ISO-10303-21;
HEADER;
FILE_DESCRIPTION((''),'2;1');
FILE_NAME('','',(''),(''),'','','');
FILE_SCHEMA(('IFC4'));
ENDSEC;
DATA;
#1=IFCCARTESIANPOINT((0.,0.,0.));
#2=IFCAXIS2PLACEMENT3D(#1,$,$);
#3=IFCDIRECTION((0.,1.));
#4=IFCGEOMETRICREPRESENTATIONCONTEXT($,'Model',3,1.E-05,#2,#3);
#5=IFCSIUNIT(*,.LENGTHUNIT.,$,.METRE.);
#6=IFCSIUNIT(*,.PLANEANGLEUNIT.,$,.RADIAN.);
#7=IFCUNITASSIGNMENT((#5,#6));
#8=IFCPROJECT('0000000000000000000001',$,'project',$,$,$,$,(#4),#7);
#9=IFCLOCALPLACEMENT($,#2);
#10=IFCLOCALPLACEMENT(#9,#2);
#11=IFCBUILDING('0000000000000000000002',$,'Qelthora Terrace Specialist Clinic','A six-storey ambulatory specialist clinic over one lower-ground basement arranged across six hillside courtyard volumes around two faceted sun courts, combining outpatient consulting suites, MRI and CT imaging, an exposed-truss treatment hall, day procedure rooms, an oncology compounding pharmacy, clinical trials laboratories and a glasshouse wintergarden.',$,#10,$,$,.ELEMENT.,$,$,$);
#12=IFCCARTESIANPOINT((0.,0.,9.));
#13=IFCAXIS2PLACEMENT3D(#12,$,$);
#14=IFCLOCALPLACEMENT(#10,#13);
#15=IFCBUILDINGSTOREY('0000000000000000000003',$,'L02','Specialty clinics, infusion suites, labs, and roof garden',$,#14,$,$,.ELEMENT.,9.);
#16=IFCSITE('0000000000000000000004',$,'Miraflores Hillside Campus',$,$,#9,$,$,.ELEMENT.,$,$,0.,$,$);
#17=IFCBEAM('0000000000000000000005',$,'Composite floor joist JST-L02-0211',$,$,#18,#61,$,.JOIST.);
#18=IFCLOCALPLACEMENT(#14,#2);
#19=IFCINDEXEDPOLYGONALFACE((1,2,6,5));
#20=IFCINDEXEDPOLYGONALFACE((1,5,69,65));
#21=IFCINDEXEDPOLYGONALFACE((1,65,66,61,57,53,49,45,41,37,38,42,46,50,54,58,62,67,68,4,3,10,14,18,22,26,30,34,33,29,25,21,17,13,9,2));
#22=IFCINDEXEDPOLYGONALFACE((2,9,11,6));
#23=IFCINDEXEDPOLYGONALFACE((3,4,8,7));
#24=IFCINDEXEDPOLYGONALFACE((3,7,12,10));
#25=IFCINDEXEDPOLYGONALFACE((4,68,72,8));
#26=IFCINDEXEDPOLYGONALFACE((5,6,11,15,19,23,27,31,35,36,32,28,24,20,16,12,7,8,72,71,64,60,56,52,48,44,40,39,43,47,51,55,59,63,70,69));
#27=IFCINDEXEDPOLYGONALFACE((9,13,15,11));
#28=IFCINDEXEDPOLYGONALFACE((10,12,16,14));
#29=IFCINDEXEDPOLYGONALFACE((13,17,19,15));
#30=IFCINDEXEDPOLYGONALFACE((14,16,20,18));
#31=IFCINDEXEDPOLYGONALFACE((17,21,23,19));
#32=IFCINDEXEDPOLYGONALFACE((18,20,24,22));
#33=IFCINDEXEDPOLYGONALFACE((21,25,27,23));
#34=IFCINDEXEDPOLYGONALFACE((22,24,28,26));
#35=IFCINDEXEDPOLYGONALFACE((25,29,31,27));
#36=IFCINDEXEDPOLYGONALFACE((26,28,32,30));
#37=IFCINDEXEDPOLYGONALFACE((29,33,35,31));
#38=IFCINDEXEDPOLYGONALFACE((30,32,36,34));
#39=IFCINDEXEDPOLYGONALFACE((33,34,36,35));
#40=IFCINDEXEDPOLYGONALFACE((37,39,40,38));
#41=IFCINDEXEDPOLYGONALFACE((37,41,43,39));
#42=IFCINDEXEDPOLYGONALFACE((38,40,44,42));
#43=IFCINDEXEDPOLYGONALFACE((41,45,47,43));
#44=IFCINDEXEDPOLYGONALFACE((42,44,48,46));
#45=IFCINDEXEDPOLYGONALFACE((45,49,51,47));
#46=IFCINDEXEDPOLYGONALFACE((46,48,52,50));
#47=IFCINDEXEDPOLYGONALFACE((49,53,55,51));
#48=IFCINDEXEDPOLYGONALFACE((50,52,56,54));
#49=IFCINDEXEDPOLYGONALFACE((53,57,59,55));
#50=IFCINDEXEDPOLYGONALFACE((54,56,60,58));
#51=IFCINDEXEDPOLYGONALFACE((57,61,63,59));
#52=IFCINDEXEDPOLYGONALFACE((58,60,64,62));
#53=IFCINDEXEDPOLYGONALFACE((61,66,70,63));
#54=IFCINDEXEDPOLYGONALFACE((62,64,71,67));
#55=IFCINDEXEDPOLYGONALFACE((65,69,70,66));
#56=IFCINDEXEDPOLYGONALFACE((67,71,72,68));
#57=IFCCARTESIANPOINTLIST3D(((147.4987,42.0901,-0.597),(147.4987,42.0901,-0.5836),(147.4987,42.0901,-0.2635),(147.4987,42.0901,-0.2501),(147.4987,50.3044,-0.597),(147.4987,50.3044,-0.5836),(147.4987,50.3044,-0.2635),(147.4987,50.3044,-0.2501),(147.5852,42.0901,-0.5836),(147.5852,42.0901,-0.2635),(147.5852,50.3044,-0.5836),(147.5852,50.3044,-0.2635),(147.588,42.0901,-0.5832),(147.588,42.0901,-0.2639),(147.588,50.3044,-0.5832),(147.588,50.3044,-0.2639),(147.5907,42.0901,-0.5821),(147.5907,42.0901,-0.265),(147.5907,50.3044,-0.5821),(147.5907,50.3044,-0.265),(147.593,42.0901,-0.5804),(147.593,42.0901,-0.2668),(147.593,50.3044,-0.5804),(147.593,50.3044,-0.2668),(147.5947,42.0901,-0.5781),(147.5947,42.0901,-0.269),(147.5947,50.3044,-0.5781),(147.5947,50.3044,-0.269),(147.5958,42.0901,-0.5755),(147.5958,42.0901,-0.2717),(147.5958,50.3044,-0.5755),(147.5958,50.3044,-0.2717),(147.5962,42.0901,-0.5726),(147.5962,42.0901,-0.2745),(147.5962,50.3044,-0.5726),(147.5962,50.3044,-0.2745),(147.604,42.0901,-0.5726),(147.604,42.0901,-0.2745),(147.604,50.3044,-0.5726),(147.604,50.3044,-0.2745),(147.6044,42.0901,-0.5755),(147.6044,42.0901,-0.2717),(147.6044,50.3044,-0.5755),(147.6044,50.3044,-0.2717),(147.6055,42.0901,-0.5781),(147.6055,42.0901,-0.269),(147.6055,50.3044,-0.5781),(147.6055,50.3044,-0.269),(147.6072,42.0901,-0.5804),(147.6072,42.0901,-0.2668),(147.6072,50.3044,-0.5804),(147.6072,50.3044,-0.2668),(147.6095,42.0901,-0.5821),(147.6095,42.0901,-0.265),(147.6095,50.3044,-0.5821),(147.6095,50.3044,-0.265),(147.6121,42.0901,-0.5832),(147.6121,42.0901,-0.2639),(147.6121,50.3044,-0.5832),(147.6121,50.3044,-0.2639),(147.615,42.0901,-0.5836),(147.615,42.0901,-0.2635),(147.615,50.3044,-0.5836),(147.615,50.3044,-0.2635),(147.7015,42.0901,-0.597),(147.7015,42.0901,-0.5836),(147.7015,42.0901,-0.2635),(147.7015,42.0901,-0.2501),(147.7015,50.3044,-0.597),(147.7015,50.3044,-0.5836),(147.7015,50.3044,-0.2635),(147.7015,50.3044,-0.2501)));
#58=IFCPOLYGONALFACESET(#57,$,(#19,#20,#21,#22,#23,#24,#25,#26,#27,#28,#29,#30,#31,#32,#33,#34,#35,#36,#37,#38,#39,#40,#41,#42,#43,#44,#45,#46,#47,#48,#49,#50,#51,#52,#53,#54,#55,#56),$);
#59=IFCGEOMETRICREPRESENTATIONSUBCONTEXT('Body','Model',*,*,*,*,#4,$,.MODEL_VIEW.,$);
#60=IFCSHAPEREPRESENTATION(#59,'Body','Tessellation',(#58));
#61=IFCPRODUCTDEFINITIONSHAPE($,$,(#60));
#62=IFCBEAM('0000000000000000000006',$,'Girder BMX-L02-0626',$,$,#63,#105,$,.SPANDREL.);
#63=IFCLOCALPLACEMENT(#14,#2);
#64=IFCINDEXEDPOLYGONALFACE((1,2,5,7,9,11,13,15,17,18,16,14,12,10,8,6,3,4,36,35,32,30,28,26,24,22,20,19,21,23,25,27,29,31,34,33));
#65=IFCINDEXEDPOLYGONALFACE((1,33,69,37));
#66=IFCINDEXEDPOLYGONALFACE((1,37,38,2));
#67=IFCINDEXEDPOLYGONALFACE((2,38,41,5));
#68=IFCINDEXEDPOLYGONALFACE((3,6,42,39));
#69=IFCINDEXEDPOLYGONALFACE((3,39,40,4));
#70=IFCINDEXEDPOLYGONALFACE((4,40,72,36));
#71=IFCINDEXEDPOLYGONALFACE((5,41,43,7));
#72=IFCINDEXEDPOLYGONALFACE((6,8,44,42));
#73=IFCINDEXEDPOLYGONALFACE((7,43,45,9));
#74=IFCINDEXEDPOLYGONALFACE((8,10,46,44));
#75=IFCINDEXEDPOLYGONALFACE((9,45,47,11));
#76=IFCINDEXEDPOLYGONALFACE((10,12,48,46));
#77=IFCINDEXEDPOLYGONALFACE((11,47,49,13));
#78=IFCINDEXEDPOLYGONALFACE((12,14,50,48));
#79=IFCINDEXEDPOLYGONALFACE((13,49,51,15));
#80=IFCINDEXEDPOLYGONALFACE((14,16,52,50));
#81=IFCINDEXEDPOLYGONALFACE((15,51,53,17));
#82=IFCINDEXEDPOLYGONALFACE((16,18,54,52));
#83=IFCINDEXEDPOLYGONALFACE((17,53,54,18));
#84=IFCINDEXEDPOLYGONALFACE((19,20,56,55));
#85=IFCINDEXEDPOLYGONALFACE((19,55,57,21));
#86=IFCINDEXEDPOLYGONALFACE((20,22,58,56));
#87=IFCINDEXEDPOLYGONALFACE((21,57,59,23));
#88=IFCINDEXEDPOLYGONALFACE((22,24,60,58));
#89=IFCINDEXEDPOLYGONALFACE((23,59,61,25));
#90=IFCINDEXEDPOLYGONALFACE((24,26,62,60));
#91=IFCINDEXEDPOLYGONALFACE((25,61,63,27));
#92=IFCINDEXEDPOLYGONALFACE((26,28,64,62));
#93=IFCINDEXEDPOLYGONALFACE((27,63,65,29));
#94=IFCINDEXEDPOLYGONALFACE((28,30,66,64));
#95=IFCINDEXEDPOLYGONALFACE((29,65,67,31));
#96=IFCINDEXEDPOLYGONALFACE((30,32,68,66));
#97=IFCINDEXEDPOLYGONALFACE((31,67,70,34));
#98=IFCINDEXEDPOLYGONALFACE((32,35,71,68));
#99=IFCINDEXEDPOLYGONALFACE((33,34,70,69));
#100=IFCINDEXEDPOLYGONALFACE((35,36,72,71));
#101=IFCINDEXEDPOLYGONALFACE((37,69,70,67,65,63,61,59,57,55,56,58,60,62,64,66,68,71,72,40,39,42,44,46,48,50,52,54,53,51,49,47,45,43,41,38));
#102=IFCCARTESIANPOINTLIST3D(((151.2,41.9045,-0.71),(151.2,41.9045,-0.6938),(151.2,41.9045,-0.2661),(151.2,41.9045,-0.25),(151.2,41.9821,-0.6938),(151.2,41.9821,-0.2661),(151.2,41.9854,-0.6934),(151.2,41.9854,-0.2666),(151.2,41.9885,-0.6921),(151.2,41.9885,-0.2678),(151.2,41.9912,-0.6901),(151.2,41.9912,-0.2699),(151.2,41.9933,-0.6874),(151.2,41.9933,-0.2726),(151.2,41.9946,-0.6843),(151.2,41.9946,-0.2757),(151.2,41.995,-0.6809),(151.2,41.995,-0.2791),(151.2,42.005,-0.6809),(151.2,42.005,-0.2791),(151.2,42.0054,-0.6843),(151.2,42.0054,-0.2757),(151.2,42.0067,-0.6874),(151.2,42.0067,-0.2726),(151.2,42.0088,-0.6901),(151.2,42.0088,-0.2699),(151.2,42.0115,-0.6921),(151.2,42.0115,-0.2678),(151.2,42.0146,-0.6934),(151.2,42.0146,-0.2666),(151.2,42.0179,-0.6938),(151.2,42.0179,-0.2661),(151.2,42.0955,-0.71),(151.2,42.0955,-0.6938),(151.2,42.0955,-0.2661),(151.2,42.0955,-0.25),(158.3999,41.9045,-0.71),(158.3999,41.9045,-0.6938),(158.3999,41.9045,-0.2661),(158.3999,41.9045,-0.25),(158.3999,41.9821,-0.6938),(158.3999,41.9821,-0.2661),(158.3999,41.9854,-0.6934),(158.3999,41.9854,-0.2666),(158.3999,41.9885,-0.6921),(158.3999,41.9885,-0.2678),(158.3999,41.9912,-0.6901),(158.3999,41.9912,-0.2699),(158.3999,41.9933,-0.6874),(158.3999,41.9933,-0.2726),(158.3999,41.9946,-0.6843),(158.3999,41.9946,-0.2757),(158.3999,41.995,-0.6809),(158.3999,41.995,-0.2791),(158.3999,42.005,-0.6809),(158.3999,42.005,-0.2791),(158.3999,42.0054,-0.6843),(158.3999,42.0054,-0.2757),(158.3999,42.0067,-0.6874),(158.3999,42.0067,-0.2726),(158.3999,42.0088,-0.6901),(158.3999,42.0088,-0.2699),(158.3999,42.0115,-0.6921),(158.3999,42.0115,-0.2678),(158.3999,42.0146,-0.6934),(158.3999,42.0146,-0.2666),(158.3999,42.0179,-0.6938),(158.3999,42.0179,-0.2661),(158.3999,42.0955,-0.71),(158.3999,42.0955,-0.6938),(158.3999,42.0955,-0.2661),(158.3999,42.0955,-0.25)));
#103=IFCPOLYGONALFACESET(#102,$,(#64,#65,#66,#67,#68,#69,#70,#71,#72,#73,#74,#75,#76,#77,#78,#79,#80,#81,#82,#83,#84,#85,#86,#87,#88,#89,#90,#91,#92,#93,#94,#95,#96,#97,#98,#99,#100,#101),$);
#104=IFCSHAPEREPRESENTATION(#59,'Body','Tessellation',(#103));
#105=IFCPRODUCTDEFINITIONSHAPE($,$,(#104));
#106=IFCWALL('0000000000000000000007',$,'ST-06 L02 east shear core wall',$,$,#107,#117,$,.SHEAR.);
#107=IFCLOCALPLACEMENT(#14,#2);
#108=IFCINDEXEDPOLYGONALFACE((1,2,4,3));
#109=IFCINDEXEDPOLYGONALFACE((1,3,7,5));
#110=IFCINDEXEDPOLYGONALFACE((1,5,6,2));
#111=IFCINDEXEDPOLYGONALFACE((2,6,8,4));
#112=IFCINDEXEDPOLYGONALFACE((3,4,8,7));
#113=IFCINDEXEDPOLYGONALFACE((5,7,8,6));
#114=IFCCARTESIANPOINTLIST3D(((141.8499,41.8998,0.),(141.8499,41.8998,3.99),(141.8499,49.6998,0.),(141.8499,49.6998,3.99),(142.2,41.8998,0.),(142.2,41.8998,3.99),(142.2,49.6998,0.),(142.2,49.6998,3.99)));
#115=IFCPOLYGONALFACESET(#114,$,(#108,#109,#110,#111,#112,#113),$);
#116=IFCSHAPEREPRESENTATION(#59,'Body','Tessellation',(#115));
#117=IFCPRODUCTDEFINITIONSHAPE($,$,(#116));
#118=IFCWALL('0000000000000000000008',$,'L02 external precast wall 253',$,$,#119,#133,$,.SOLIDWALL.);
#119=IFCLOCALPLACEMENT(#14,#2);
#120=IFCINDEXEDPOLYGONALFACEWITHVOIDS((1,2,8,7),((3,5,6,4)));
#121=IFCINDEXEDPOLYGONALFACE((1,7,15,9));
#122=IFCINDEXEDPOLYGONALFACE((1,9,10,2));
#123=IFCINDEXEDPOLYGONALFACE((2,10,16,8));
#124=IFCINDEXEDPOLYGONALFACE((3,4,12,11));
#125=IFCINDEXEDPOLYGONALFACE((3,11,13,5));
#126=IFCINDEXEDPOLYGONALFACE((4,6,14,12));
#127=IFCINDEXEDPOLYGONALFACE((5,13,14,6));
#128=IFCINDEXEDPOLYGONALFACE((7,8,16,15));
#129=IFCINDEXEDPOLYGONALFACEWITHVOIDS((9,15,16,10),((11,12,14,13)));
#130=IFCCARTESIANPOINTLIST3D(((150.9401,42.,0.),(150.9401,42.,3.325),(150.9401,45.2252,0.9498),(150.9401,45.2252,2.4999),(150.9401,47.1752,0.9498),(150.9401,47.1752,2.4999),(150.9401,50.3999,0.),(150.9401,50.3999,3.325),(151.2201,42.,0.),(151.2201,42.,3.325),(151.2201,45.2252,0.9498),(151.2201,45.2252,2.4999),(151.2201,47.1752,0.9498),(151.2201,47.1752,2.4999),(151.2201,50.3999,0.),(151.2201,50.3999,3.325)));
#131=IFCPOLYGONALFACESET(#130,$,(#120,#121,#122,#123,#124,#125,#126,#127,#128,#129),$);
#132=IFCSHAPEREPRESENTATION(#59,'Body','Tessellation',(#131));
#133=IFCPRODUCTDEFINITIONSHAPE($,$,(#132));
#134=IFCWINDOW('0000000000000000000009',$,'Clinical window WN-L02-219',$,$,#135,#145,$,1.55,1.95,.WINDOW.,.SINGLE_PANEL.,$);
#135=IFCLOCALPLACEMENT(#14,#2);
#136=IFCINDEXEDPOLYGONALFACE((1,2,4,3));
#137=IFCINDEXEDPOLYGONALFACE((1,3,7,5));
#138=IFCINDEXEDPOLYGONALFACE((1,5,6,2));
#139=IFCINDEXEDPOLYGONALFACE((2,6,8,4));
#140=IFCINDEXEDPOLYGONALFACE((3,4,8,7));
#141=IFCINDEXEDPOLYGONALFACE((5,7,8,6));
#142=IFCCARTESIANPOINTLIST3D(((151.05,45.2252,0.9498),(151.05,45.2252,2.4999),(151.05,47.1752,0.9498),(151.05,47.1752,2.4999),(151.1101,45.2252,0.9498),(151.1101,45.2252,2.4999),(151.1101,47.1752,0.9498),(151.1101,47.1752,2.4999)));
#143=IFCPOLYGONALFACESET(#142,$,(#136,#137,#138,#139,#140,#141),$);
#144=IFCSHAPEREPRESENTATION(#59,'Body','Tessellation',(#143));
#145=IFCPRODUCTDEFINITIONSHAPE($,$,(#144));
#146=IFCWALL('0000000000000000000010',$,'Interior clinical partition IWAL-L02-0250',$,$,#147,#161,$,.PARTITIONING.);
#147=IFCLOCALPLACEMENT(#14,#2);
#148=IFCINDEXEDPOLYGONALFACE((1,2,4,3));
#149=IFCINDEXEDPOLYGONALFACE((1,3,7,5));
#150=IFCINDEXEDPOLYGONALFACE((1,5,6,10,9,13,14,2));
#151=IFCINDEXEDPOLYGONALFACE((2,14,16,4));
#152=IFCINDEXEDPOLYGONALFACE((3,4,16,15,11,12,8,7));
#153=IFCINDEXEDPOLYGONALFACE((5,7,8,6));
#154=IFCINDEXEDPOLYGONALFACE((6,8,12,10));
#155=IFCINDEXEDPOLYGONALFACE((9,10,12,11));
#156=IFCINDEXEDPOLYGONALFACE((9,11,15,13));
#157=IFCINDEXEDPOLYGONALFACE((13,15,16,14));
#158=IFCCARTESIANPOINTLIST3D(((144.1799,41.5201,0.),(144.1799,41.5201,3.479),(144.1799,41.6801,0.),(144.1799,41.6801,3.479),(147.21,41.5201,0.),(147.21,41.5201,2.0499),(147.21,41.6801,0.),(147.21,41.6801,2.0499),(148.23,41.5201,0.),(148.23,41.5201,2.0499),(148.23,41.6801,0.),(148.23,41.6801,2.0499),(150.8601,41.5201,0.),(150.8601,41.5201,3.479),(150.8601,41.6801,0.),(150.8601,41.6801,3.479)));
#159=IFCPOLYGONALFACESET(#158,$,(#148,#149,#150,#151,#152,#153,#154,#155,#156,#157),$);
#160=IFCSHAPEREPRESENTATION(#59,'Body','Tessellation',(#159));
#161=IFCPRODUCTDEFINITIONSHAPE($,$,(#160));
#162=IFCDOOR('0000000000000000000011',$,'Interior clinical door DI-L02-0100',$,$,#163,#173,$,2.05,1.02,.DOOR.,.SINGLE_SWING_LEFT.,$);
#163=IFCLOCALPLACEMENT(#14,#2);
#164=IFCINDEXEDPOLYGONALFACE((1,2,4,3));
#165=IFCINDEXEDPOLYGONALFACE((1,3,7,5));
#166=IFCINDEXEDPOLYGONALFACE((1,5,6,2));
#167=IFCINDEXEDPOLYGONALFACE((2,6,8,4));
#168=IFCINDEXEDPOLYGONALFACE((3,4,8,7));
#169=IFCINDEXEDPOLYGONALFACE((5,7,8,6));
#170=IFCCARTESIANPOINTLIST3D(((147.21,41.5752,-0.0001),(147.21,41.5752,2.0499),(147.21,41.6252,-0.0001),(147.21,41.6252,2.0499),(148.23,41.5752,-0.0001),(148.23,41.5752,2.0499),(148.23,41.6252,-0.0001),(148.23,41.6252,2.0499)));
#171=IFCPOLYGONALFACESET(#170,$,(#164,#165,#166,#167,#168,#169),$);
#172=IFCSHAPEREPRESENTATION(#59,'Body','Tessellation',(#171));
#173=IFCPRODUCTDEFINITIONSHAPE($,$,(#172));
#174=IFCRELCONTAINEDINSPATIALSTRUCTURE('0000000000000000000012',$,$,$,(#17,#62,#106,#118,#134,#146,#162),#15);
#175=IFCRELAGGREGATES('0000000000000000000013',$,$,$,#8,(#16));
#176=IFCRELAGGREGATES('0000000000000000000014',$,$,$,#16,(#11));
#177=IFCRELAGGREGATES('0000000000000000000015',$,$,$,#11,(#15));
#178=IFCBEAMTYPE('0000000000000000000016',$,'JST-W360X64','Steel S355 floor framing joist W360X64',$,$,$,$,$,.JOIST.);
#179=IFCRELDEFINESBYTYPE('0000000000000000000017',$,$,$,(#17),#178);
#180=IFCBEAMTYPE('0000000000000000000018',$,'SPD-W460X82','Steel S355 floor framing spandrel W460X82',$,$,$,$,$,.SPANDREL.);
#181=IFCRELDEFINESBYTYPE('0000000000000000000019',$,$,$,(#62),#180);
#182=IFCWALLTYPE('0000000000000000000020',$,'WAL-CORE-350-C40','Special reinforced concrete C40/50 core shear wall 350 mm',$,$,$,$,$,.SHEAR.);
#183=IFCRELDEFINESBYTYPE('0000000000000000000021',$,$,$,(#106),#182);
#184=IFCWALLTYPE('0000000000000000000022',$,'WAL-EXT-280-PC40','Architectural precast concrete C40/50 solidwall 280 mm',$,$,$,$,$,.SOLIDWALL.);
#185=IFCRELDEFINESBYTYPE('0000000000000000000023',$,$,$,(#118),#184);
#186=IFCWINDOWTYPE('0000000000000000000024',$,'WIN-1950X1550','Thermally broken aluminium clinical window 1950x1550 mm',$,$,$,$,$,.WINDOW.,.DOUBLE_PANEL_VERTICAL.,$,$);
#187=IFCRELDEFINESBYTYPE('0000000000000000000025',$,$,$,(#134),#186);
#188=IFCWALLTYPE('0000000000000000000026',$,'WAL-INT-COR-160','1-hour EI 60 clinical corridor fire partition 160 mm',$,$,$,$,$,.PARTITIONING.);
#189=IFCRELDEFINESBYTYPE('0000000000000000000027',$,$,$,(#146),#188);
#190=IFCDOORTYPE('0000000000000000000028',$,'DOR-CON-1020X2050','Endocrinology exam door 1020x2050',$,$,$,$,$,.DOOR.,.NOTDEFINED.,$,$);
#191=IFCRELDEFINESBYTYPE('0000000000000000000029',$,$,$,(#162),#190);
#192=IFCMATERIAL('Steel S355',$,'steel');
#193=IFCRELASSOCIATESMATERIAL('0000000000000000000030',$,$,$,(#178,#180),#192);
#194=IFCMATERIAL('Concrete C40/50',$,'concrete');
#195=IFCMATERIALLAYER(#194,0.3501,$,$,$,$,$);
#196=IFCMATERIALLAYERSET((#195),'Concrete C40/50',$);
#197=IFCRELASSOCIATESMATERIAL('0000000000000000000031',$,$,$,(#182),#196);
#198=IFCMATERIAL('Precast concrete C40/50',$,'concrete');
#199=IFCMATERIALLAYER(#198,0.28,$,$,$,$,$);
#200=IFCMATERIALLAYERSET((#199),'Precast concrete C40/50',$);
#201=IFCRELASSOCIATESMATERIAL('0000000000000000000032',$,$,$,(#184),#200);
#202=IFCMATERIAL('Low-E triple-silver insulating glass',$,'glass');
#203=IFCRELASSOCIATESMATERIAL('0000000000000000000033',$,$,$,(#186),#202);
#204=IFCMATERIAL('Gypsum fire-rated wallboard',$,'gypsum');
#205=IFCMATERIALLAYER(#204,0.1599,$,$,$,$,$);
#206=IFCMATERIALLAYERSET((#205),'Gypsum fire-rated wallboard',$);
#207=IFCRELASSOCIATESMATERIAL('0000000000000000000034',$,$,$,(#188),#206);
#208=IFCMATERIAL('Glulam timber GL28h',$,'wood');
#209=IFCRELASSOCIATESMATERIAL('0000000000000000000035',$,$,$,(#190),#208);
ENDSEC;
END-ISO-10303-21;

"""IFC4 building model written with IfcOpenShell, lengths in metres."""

from ifc_helpers import new_model, si_unit, direction, frame, frame_2d, origin, origin_2d, place, context, subcontext, project, spatial, rectangle, i_section, extrude, material, layer, layer_set, material_profile, profile_set, type_object, element, fill, save


model = new_model("IFC4")

# Units and contexts
model_context = context("Model", 3, precision=1e-05, world=origin(), true_north=direction((0.0, 1.0)))
body_context = subcontext(model_context, "Body", "Model", "MODEL_VIEW")
ifc_project = project(units=[si_unit("LENGTHUNIT", "METRE"), si_unit("PLANEANGLEUNIT", "RADIAN")], contexts=[model_context])

# Site, building, storey
site_placement = place(None, origin())
site = spatial("IfcSite", under=ifc_project, at=site_placement, Name="Miraflores Hillside Campus", CompositionType="ELEMENT", RefElevation=0.0)
building_placement = place(site_placement, origin())
building = spatial("IfcBuilding", under=site, at=building_placement, Name="Qelthora Terrace Specialist Clinic", Description="A six-storey ambulatory specialist clinic over one lower-ground basement arranged across six hillside courtyard volumes around two faceted sun courts, combining outpatient consulting suites, MRI and CT imaging, an exposed-truss treatment hall, day procedure rooms, an oncology compounding pharmacy, clinical trials laboratories and a glasshouse wintergarden.", CompositionType="ELEMENT")
storey_placement = place(building_placement, frame((0.0, 0.0, 9.0)))
storey = spatial("IfcBuildingStorey", under=building, at=storey_placement, Name="L02", Description="Specialty clinics, infusion suites, labs, and roof garden", CompositionType="ELEMENT", Elevation=9.0)

# Shared definitions
ifc_material_1 = material(Name="Steel S355", Category="steel")

# Beams
ifc_material_profile_1 = material_profile(ifc_material_1, i_section(OverallWidth=0.2029, OverallDepth=0.3469, WebThickness=0.0078, FlangeThickness=0.0134, FilletRadius=0.011, at=origin_2d()), Name="W360X64")
ifc_profile_set_1 = profile_set([ifc_material_profile_1], Name="Steel S355")
beam_type_1 = type_object("IfcBeamType", Name="JST-W360X64", Description="Steel S355 floor framing joist W360X64", PredefinedType="JOIST", material=ifc_profile_set_1)
beam_1_placement = place(storey_placement, frame((147.6001, 42.0901, -0.4236), z_axis=(0.0, 1.0, 0.0), x_axis=(-1.0, 0.0, 0.0)))
element("IfcBeam", 1, at=beam_1_placement, inside=storey, type_object=beam_type_1, Name="Composite floor joist JST-L02-0211", PredefinedType="JOIST", context=body_context, shape_type="SweptSolid", body=[
    extrude(i_section(OverallWidth=0.2029, OverallDepth=0.3469, WebThickness=0.0078, FlangeThickness=0.0134, FilletRadius=0.011, at=origin_2d()), origin(), (0.0, 0.0, 1.0), 8.2144),
])
ifc_material_profile_2 = material_profile(ifc_material_1, i_section(OverallWidth=0.1909, OverallDepth=0.46, WebThickness=0.01, FlangeThickness=0.0161, FilletRadius=0.0129, at=origin_2d()), Name="W460X82")
ifc_profile_set_2 = profile_set([ifc_material_profile_2], Name="Steel S355")
beam_type_2 = type_object("IfcBeamType", Name="SPD-W460X82", Description="Steel S355 floor framing spandrel W460X82", PredefinedType="SPANDREL", material=ifc_profile_set_2)
beam_2_placement = place(storey_placement, frame((151.2, 42.0, -0.48), z_axis=(1.0, 0.0, 0.0), x_axis=(0.0, 1.0, 0.0)))
element("IfcBeam", 2, at=beam_2_placement, inside=storey, type_object=beam_type_2, Name="Girder BMX-L02-0626", PredefinedType="SPANDREL", context=body_context, shape_type="SweptSolid", body=[
    extrude(i_section(OverallWidth=0.1909, OverallDepth=0.46, WebThickness=0.01, FlangeThickness=0.0161, FilletRadius=0.0129, at=origin_2d()), origin(), (0.0, 0.0, 1.0), 7.2),
])

# Wall
ifc_material_2 = material(Name="Concrete C40/50", Category="concrete")
ifc_layer_1 = layer(ifc_material_2, 0.3501)
ifc_layer_set_1 = layer_set([ifc_layer_1], Name="Concrete C40/50")
wall_type_1 = type_object("IfcWallType", Name="WAL-CORE-350-C40", Description="Special reinforced concrete C40/50 core shear wall 350 mm", PredefinedType="SHEAR", material=ifc_layer_set_1)
wall_1_placement = place(storey_placement, frame((142.0249, 41.8999, 0.0), z_axis=(0.0, 0.0, 1.0), x_axis=(0.0, 1.0, 0.0)))
element("IfcWall", 3, at=wall_1_placement, inside=storey, type_object=wall_type_1, Name="ST-06 L02 east shear core wall", PredefinedType="SHEAR", context=body_context, shape_type="SweptSolid", body=[
    extrude(rectangle(XDim=7.8, YDim=0.3501, at=frame_2d((3.8999, 0.0))), origin(), (0.0, 0.0, 1.0), 3.99),
])

# Wall, opening, window
ifc_material_3 = material(Name="Precast concrete C40/50", Category="concrete")
ifc_layer_2 = layer(ifc_material_3, 0.28)
ifc_layer_set_2 = layer_set([ifc_layer_2], Name="Precast concrete C40/50")
wall_type_2 = type_object("IfcWallType", Name="WAL-EXT-280-PC40", Description="Architectural precast concrete C40/50 solidwall 280 mm", PredefinedType="SOLIDWALL", material=ifc_layer_set_2)
wall_2_placement = place(storey_placement, frame((151.0801, 42.0, 0.0), z_axis=(0.0, 0.0, 1.0), x_axis=(0.0, 1.0, 0.0)))
wall_2 = element("IfcWall", 4, at=wall_2_placement, inside=storey, type_object=wall_type_2, Name="L02 external precast wall 253", PredefinedType="SOLIDWALL", context=body_context, shape_type="SweptSolid", body=[
    extrude(rectangle(XDim=8.3999, YDim=0.28, at=frame_2d((4.2, 0.0))), origin(), (0.0, 0.0, 1.0), 3.325),
])
opening_1_placement = place(wall_2_placement, frame((3.2251, 0.0, 0.95)))
opening_1 = element("IfcOpeningElement", 5, at=opening_1_placement, cuts=wall_2, PredefinedType="OPENING", context=body_context, shape_type="SweptSolid", body=[
    extrude(rectangle(XDim=1.95, YDim=1.55, at=frame_2d((0.9751, 0.7749))), frame((0.0, 0.1499, 0.0), z_axis=(0.0, -1.0, 0.0), x_axis=(1.0, 0.0, 0.0)), (0.0, 0.0, 1.0), 0.3),
])
ifc_material_4 = material(Name="Low-E triple-silver insulating glass", Category="glass")
window_type = type_object("IfcWindowType", Name="WIN-1950X1550", Description="Thermally broken aluminium clinical window 1950x1550 mm", PartitioningType="DOUBLE_PANEL_VERTICAL", PredefinedType="WINDOW", material=ifc_material_4)
window_placement = place(opening_1_placement, origin())
window = element("IfcWindow", 6, at=window_placement, inside=storey, type_object=window_type, Name="Clinical window WN-L02-219", OverallHeight=1.55, OverallWidth=1.95, PartitioningType="SINGLE_PANEL", PredefinedType="WINDOW", context=body_context, shape_type="SweptSolid", body=[
    extrude(rectangle(XDim=1.95, YDim=1.55, at=frame_2d((0.9751, 0.7749))), frame((0.0, 0.03, 0.0), z_axis=(0.0, -1.0, 0.0), x_axis=(1.0, 0.0, 0.0)), (0.0, 0.0, 1.0), 0.0601),
])
fill(opening_1, window)

# Wall, opening, door
ifc_material_5 = material(Name="Gypsum fire-rated wallboard", Category="gypsum")
ifc_layer_3 = layer(ifc_material_5, 0.1599)
ifc_layer_set_3 = layer_set([ifc_layer_3], Name="Gypsum fire-rated wallboard")
wall_type_3 = type_object("IfcWallType", Name="WAL-INT-COR-160", Description="1-hour EI 60 clinical corridor fire partition 160 mm", PredefinedType="PARTITIONING", material=ifc_layer_set_3)
wall_3_placement = place(storey_placement, frame((144.1799, 41.6001, 0.0), z_axis=(0.0, 0.0, 1.0), x_axis=(1.0, 0.0, 0.0)))
wall_3 = element("IfcWall", 7, at=wall_3_placement, inside=storey, type_object=wall_type_3, Name="Interior clinical partition IWAL-L02-0250", PredefinedType="PARTITIONING", context=body_context, shape_type="SweptSolid", body=[
    extrude(rectangle(XDim=6.6802, YDim=0.1599, at=frame_2d((3.3401, 0.0))), origin(), (0.0, 0.0, 1.0), 3.479),
])
opening_2_placement = place(wall_3_placement, frame((3.03, 0.0, 0.0)))
opening_2 = element("IfcOpeningElement", 8, at=opening_2_placement, cuts=wall_3, PredefinedType="OPENING", context=body_context, shape_type="SweptSolid", body=[
    extrude(rectangle(XDim=1.02, YDim=2.05, at=frame_2d((0.51, 1.0249))), frame((0.0, 0.0898, 0.0), z_axis=(0.0, -1.0, 0.0), x_axis=(1.0, 0.0, 0.0)), (0.0, 0.0, 1.0), 0.1799),
])
ifc_material_6 = material(Name="Glulam timber GL28h", Category="wood")
door_type_1 = type_object("IfcDoorType", Name="DOR-CON-1020X2050", Description="Endocrinology exam door 1020x2050", OperationType="NOTDEFINED", PredefinedType="DOOR", material=ifc_material_6)
door_1_placement = place(opening_2_placement, frame((1.02, 0.0, 0.0), z_axis=(0.0, 0.0, 1.0), x_axis=(-1.0, 0.0, 0.0)))
door_1 = element("IfcDoor", 9, at=door_1_placement, inside=storey, type_object=door_type_1, Name="Interior clinical door DI-L02-0100", OperationType="SINGLE_SWING_LEFT", OverallHeight=2.05, OverallWidth=1.02, PredefinedType="DOOR", context=body_context, shape_type="SweptSolid", body=[
    extrude(rectangle(XDim=1.02, YDim=2.05, at=frame_2d((0.51, 1.0249))), frame((0.0, 0.0249, 0.0), z_axis=(0.0, -1.0, 0.0), x_axis=(1.0, 0.0, 0.0)), (0.0, 0.0, 1.0), 0.05),
])
fill(opening_2, door_1)

save(model, "model.ifc")
